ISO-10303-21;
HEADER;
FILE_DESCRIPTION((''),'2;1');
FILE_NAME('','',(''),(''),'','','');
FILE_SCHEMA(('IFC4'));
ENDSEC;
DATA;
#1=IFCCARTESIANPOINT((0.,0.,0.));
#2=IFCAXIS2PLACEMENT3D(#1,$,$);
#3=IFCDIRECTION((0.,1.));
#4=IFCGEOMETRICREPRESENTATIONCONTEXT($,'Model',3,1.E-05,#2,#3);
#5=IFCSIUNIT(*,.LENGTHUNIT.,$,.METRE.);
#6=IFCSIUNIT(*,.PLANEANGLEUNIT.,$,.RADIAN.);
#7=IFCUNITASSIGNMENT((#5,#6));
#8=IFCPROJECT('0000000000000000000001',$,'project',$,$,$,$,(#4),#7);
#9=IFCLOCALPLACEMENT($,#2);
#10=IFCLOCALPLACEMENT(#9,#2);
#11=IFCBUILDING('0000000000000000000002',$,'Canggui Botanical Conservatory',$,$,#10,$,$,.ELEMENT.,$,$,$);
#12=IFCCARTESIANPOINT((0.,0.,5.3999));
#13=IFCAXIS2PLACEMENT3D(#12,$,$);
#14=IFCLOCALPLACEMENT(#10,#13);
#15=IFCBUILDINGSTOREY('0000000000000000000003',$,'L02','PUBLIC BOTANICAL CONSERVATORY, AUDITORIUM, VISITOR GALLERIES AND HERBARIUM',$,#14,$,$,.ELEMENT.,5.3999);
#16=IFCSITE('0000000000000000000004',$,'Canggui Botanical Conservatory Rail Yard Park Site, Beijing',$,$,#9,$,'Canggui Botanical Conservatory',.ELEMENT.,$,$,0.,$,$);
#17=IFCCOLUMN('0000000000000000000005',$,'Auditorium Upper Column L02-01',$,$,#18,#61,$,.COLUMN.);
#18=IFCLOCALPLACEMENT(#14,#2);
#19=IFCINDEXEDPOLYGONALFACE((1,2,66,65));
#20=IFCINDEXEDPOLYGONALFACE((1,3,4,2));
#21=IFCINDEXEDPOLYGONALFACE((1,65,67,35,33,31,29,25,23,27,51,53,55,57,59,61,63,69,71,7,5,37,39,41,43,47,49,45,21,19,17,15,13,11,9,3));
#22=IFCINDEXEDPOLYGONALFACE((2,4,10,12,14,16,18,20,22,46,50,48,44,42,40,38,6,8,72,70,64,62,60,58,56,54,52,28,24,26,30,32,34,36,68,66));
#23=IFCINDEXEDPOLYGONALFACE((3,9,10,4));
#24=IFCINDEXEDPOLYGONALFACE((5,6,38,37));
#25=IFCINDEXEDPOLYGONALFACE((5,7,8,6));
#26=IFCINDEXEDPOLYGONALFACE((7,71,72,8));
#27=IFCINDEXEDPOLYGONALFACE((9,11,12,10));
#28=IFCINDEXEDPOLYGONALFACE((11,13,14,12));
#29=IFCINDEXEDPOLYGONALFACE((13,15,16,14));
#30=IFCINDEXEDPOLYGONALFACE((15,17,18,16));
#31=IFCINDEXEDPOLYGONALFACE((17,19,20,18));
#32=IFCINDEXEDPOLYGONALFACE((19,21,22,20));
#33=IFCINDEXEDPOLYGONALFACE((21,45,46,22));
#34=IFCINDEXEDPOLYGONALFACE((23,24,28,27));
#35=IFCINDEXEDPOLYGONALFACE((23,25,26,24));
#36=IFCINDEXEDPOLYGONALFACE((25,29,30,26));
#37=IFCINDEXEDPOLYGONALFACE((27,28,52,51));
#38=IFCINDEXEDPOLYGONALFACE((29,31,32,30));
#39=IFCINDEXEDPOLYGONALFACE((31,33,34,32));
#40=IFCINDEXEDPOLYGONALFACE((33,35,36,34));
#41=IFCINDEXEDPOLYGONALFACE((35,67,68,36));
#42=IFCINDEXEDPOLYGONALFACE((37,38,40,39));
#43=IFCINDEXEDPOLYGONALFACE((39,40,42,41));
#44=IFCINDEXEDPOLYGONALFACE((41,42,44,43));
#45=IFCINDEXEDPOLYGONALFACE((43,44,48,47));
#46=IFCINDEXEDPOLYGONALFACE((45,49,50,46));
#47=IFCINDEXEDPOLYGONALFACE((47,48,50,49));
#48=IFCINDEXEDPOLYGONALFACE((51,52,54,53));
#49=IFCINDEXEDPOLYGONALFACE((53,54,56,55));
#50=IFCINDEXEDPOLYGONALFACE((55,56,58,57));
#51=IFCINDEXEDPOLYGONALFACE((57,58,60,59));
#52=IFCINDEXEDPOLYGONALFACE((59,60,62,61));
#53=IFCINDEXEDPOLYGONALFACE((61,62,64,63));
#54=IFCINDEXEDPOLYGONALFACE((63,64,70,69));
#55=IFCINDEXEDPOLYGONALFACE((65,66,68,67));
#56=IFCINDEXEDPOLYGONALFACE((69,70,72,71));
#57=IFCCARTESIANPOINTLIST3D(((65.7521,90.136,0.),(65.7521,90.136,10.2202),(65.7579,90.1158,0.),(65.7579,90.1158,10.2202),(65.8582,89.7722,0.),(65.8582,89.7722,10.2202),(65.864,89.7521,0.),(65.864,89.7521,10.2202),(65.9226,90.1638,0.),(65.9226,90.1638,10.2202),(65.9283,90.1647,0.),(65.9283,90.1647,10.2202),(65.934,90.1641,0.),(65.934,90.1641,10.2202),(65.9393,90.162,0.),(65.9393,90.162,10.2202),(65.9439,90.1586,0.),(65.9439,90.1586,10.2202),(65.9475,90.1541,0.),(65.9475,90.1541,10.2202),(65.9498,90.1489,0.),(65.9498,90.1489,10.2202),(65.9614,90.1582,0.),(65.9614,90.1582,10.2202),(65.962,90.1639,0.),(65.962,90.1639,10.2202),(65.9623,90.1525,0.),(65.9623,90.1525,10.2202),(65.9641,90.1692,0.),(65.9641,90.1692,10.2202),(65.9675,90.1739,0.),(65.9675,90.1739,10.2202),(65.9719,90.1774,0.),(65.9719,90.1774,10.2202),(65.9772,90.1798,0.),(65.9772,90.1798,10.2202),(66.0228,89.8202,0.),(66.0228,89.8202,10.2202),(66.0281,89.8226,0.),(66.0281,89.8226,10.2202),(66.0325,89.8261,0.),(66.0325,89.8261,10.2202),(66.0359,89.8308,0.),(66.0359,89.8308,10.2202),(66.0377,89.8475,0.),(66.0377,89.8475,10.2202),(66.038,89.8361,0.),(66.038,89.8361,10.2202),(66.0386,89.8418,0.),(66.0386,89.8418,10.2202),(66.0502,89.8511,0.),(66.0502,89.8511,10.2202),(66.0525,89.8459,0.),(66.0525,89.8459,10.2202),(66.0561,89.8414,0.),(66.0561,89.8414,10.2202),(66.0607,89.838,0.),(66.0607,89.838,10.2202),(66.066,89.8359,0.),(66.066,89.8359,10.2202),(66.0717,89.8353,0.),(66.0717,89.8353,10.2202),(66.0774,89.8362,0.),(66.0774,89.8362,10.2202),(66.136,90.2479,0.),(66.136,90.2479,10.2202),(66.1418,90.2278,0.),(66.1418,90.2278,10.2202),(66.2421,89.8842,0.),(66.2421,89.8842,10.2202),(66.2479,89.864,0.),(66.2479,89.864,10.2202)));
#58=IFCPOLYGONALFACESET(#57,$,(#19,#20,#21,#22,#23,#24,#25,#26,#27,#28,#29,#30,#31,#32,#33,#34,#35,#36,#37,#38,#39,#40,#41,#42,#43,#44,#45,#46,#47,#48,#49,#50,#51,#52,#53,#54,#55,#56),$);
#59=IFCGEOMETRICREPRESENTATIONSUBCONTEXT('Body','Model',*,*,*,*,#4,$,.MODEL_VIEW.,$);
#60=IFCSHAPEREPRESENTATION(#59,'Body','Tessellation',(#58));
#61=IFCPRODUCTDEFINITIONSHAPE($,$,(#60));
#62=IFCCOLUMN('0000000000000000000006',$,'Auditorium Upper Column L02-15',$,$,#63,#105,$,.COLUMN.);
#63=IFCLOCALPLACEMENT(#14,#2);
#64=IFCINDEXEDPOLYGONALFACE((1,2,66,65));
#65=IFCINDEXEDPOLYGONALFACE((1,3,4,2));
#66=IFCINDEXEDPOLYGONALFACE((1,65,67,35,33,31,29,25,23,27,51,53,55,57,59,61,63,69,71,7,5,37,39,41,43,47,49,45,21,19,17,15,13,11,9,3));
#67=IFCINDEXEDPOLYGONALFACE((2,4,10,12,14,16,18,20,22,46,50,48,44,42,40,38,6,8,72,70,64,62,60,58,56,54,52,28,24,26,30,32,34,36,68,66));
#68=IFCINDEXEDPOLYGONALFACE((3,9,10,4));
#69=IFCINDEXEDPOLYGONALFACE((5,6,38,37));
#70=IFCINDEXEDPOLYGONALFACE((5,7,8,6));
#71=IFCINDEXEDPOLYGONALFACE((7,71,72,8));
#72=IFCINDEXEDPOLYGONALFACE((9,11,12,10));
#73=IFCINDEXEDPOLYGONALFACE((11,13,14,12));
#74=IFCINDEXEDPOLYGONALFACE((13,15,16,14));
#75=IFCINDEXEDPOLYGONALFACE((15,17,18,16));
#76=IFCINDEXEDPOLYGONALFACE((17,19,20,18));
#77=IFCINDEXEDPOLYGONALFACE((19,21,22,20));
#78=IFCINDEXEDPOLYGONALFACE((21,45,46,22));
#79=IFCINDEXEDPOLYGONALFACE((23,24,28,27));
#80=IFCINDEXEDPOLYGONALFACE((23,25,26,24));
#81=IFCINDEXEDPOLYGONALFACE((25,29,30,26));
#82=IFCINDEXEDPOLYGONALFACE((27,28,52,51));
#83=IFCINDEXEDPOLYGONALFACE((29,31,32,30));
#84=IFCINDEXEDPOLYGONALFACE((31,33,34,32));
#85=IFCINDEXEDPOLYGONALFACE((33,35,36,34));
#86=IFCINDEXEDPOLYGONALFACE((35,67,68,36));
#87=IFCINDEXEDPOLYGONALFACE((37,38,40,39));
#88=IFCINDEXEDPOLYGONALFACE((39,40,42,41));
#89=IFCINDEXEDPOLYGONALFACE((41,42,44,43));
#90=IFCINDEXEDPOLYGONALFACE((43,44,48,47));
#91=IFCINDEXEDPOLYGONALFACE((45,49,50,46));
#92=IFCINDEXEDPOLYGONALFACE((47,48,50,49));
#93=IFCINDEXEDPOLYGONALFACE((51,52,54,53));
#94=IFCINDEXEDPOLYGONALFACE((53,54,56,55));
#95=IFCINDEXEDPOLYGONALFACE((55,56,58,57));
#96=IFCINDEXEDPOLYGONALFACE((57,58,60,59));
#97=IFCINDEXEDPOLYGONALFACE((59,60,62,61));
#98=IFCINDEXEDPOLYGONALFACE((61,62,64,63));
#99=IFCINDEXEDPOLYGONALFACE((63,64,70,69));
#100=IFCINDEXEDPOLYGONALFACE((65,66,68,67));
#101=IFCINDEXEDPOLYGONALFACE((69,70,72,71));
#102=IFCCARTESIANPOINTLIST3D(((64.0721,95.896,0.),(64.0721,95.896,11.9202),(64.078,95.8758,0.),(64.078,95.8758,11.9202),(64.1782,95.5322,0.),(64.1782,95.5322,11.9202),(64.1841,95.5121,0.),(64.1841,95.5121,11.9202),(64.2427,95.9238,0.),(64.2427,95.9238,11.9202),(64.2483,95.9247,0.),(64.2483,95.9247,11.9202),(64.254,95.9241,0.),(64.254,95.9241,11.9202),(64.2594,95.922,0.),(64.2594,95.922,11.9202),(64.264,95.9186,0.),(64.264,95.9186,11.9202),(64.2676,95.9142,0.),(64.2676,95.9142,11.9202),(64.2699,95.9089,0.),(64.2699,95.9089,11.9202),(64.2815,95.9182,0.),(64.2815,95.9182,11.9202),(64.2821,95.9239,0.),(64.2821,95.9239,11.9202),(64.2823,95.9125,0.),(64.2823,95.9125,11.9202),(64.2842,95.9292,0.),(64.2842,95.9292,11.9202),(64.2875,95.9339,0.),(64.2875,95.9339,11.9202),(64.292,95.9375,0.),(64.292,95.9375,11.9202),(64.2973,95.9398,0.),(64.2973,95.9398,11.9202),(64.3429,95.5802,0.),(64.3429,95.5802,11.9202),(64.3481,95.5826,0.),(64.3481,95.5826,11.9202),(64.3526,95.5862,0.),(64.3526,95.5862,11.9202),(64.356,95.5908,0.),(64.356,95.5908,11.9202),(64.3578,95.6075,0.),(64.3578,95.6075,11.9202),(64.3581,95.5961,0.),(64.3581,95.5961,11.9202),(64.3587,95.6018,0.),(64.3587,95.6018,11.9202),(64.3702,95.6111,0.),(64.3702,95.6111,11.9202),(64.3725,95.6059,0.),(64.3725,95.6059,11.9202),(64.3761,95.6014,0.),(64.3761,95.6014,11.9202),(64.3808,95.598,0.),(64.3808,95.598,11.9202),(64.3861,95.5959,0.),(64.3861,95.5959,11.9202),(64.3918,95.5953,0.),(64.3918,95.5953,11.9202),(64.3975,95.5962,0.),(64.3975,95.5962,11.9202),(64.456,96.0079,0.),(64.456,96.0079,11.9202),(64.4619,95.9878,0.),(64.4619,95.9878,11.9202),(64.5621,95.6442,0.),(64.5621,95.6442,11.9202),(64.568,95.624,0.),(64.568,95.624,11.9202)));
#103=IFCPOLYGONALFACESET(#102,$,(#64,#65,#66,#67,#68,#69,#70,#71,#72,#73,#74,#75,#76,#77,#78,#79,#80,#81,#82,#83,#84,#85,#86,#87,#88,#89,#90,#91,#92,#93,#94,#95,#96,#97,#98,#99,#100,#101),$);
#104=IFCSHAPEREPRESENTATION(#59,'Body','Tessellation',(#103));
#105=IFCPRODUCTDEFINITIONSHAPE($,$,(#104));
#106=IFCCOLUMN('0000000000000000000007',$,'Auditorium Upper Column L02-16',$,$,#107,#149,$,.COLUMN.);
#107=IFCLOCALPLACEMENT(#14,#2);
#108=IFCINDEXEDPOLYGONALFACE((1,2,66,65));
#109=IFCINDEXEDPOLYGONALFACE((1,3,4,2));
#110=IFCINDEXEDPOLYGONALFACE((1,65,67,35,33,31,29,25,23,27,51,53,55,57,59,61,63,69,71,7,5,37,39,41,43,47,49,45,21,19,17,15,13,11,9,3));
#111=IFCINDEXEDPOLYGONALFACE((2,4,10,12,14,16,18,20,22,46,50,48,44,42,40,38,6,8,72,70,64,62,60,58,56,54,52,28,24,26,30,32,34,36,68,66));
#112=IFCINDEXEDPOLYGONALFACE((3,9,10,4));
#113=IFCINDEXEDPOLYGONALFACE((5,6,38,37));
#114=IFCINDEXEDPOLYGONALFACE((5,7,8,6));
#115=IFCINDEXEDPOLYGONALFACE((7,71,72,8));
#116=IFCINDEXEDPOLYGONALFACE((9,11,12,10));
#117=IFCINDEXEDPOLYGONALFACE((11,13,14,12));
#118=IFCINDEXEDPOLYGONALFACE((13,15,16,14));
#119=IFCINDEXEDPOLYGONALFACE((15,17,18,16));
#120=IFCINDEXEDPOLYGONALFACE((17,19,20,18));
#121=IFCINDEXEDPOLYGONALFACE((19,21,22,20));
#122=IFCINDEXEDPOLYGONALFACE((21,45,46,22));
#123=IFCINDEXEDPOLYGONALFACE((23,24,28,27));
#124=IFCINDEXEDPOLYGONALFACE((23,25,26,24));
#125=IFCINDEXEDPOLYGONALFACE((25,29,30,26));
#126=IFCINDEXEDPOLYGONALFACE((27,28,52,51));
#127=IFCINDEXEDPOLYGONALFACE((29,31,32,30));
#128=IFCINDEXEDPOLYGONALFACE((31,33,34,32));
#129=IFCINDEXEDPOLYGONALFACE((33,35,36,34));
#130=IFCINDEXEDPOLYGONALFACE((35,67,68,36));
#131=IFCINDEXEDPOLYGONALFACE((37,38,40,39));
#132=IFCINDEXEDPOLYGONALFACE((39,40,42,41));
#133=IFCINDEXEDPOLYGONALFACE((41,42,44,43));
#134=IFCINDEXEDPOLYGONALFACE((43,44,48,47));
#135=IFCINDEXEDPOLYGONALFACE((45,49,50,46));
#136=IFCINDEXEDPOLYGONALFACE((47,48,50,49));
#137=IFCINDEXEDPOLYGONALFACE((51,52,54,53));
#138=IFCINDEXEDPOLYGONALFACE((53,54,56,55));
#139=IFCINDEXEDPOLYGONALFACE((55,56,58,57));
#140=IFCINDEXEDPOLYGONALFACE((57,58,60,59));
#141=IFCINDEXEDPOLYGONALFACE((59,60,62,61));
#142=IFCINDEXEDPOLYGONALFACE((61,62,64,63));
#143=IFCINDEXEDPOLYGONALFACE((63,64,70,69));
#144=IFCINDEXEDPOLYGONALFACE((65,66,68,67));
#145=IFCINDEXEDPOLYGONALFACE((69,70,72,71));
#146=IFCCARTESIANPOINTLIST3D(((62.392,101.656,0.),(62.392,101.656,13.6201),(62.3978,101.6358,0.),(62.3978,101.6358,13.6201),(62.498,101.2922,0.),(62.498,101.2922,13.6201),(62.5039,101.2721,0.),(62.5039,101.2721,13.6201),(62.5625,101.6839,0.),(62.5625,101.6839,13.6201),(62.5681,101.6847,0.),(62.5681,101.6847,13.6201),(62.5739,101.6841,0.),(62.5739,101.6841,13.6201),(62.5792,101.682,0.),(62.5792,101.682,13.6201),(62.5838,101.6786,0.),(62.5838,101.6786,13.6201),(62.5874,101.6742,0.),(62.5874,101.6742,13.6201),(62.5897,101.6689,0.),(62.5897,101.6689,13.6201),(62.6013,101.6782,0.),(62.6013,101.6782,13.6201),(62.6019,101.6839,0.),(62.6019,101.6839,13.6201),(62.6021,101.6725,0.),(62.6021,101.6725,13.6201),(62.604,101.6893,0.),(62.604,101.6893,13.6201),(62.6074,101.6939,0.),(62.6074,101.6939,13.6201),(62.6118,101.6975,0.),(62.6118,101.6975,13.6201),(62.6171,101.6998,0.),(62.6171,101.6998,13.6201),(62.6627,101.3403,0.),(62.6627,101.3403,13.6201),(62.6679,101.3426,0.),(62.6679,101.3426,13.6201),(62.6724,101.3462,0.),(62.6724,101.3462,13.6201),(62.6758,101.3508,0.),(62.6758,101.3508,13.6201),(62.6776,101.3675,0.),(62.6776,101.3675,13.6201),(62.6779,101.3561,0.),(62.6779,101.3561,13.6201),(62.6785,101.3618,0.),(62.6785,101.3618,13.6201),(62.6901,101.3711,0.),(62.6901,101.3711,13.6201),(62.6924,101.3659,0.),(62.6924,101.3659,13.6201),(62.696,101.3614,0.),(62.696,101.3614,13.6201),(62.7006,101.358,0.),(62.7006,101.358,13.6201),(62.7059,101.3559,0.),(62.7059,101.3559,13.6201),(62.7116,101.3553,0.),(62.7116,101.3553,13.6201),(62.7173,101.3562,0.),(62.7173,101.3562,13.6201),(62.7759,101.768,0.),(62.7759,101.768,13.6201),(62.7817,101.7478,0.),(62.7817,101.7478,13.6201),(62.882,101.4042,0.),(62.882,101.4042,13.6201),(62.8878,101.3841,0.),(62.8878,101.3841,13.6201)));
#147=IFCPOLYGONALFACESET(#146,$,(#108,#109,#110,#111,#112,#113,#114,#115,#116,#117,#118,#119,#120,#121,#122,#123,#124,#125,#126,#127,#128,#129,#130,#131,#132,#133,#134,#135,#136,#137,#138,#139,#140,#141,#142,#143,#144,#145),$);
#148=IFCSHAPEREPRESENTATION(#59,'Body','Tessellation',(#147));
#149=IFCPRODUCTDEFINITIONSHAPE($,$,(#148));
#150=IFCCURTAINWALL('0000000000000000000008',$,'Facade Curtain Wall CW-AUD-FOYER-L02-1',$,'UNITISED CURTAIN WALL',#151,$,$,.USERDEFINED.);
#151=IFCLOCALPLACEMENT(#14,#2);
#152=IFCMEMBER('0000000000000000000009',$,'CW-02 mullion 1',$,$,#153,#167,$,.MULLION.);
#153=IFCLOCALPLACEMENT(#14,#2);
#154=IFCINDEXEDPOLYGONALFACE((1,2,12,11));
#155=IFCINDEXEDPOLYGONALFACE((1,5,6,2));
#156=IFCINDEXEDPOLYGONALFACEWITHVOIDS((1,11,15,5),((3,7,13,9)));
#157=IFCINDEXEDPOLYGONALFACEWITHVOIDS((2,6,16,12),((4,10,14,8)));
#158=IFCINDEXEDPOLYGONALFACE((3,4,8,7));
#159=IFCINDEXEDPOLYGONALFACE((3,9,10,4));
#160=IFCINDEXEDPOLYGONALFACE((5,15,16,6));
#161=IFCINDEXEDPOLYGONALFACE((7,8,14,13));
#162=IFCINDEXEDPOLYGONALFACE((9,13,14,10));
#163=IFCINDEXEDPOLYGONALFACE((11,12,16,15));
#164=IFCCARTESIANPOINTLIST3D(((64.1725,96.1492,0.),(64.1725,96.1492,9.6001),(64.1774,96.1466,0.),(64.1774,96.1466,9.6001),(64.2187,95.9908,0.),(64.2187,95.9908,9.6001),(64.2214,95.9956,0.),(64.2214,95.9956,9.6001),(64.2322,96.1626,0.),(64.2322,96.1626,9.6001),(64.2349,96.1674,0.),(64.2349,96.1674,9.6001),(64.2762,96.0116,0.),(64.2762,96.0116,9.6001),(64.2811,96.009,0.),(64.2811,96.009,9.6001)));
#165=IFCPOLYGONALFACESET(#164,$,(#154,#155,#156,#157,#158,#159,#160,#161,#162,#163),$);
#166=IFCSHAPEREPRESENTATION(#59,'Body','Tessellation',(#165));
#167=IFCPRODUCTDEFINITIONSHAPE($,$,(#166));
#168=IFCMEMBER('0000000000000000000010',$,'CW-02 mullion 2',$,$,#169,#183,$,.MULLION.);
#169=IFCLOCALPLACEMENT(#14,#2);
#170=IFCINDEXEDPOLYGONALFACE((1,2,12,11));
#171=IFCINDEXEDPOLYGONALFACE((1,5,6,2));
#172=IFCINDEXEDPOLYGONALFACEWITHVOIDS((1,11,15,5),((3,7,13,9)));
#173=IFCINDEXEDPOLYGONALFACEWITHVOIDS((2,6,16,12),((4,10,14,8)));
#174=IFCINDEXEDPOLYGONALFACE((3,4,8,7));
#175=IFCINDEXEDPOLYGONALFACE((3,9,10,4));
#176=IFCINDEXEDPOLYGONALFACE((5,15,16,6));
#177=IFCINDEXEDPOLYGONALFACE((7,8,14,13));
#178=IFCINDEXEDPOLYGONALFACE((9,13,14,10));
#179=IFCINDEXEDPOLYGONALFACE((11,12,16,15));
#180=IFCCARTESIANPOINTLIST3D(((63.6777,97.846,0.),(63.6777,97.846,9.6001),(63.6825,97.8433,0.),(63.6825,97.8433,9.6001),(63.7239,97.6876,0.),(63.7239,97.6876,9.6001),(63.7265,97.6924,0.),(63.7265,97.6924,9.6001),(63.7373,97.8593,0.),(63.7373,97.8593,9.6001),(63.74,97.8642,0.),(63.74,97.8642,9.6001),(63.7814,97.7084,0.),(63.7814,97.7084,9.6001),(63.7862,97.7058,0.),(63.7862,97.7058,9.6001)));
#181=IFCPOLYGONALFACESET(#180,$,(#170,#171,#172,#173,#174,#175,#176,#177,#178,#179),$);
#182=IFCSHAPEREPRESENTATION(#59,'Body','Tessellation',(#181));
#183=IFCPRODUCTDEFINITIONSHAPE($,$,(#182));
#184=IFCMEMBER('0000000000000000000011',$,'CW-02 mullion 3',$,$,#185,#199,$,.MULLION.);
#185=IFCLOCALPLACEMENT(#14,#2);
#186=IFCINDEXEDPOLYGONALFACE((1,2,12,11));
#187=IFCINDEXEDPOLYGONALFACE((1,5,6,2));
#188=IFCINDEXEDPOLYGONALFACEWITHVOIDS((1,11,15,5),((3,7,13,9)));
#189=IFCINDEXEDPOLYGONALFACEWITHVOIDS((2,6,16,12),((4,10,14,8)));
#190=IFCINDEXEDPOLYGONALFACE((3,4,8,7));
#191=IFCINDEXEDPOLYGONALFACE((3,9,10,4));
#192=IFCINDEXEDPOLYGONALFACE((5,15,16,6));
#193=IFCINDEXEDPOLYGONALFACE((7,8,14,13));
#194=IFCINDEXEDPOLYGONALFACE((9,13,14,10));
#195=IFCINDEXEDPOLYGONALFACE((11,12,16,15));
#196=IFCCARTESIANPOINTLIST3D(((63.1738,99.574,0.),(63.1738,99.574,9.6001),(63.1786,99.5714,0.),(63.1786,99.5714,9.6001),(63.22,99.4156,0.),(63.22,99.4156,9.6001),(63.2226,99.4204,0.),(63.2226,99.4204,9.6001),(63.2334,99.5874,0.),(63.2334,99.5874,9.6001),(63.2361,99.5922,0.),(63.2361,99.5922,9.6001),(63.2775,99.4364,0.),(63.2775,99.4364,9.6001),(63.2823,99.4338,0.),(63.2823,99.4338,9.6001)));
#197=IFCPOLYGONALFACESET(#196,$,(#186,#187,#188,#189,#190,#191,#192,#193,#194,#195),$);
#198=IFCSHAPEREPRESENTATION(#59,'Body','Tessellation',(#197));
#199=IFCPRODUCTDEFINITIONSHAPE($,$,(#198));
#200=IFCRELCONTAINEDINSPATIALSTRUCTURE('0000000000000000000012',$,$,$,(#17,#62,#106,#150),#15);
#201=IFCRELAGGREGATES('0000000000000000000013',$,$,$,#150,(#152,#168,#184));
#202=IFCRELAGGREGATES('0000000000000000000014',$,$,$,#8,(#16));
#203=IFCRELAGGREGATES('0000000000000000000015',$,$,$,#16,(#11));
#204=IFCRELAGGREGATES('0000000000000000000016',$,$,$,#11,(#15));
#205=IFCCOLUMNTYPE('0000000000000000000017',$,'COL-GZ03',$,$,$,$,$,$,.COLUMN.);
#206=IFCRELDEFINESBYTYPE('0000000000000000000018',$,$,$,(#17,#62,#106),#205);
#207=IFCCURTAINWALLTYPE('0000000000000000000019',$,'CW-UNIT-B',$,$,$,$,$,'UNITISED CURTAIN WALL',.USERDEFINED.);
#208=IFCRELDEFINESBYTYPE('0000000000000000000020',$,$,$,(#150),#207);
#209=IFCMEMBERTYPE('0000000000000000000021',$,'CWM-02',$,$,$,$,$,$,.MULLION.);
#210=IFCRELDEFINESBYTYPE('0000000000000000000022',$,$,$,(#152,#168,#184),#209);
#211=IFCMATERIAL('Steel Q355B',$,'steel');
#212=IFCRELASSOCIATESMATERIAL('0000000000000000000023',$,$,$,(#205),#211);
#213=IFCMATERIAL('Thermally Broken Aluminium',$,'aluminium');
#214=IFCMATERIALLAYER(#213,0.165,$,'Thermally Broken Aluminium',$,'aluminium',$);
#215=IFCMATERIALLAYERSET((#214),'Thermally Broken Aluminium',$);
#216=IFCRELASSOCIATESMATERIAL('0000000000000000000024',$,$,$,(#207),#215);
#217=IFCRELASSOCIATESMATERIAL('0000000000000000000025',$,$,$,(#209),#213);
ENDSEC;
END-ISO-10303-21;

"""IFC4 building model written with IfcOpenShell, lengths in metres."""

from ifc_helpers import new_model, si_unit, direction, frame, origin, origin_2d, place, context, subcontext, project, spatial, hollow_rectangle, i_section, extrude, material, layer, layer_set, material_profile, profile_set, type_object, element, aggregate, save


model = new_model("IFC4")

# Units and contexts
model_context = context("Model", 3, precision=1e-05, world=origin(), true_north=direction((0.0, 1.0)))
body_context = subcontext(model_context, "Body", "Model", "MODEL_VIEW")
ifc_project = project(units=[si_unit("LENGTHUNIT", "METRE"), si_unit("PLANEANGLEUNIT", "RADIAN")], contexts=[model_context])

# Site, building, storey
site_placement = place(None, origin())
site = spatial("IfcSite", under=ifc_project, at=site_placement, Name="Canggui Botanical Conservatory Rail Yard Park Site, Beijing", LongName="Canggui Botanical Conservatory", CompositionType="ELEMENT", RefElevation=0.0)
building_placement = place(site_placement, origin())
building = spatial("IfcBuilding", under=site, at=building_placement, Name="Canggui Botanical Conservatory", CompositionType="ELEMENT")
storey_placement = place(building_placement, frame((0.0, 0.0, 5.3999)))
storey = spatial("IfcBuildingStorey", under=building, at=storey_placement, Name="L02", Description="PUBLIC BOTANICAL CONSERVATORY, AUDITORIUM, VISITOR GALLERIES AND HERBARIUM", CompositionType="ELEMENT", Elevation=5.3999)

# Columns
ifc_material_1 = material(Name="Steel Q355B", Category="steel")
ifc_material_profile_1 = material_profile(ifc_material_1, i_section(OverallWidth=0.3999, OverallDepth=0.3999, WebThickness=0.0129, FlangeThickness=0.021, FilletRadius=0.022, at=origin_2d()), Name="HW 400x400x13x21")
ifc_profile_set_1 = profile_set([ifc_material_profile_1], Name="Steel Q355B")
column_type = type_object("IfcColumnType", Name="COL-GZ03", PredefinedType="COLUMN", material=ifc_profile_set_1)
column_1_placement = place(storey_placement, frame((66.0, 90.0, 0.0), z_axis=(0.0, 0.0, 1.0), x_axis=(0.96, 0.28, 0.0)))
element("IfcColumn", 1, at=column_1_placement, inside=storey, type_object=column_type, Name="Auditorium Upper Column L02-01", PredefinedType="COLUMN", context=body_context, shape_type="SweptSolid", body=[
    extrude(i_section(OverallWidth=0.3999, OverallDepth=0.3999, WebThickness=0.0129, FlangeThickness=0.021, FilletRadius=0.022, at=origin_2d()), origin(), (0.0, 0.0, 1.0), 10.2202),
])
column_2_placement = place(storey_placement, frame((64.3201, 95.76, 0.0), z_axis=(0.0, 0.0, 1.0), x_axis=(0.96, 0.28, 0.0)))
element("IfcColumn", 2, at=column_2_placement, inside=storey, type_object=column_type, Name="Auditorium Upper Column L02-15", PredefinedType="COLUMN", context=body_context, shape_type="SweptSolid", body=[
    extrude(i_section(OverallWidth=0.3999, OverallDepth=0.3999, WebThickness=0.0129, FlangeThickness=0.021, FilletRadius=0.022, at=origin_2d()), origin(), (0.0, 0.0, 1.0), 11.9202),
])
column_3_placement = place(storey_placement, frame((62.6399, 101.52, 0.0), z_axis=(0.0, 0.0, 1.0), x_axis=(0.96, 0.28, 0.0)))
element("IfcColumn", 3, at=column_3_placement, inside=storey, type_object=column_type, Name="Auditorium Upper Column L02-16", PredefinedType="COLUMN", context=body_context, shape_type="SweptSolid", body=[
    extrude(i_section(OverallWidth=0.3999, OverallDepth=0.3999, WebThickness=0.0129, FlangeThickness=0.021, FilletRadius=0.022, at=origin_2d()), origin(), (0.0, 0.0, 1.0), 13.6201),
])

# Curtain wall, members
ifc_material_2 = material(Name="Thermally Broken Aluminium", Category="aluminium")
ifc_layer_1 = layer(ifc_material_2, 0.165, Name="Thermally Broken Aluminium", Category="aluminium")
ifc_layer_set_1 = layer_set([ifc_layer_1], Name="Thermally Broken Aluminium")
curtain_wall_type_1 = type_object("IfcCurtainWallType", Name="CW-UNIT-B", ElementType="UNITISED CURTAIN WALL", PredefinedType="USERDEFINED", material=ifc_layer_set_1)
curtain_wall_1_placement = place(storey_placement, origin())
curtain_wall_1 = element("IfcCurtainWall", 4, at=curtain_wall_1_placement, inside=storey, type_object=curtain_wall_type_1, Name="Facade Curtain Wall CW-AUD-FOYER-L02-1", ObjectType="UNITISED CURTAIN WALL", PredefinedType="USERDEFINED")
ifc_material_profile_2 = material_profile(ifc_material_2, hollow_rectangle(XDim=0.0649, YDim=0.165, WallThickness=0.0039, at=origin_2d()), Name="CWM 65x165x4")
ifc_profile_set_2 = profile_set([ifc_material_profile_2], Name="Thermally Broken Aluminium")
member_type_1 = type_object("IfcMemberType", Name="CWM-02", PredefinedType="MULLION", material=ifc_profile_set_2)
member_1_placement = place(storey_placement, frame((64.2268, 96.0791, 0.0), z_axis=(0.0, 0.0, 1.0), x_axis=(-0.96, -0.28, 0.0)))
member_1 = element("IfcMember", 5, at=member_1_placement, type_object=member_type_1, Name="CW-02 mullion 1", PredefinedType="MULLION", context=body_context, shape_type="SweptSolid", body=[
    extrude(hollow_rectangle(XDim=0.0649, YDim=0.165, WallThickness=0.0039, at=origin_2d()), origin(), (0.0, 0.0, 1.0), 9.6001),
])
member_2_placement = place(storey_placement, frame((63.7319, 97.7759, 0.0), z_axis=(0.0, 0.0, 1.0), x_axis=(-0.96, -0.28, 0.0)))
member_2 = element("IfcMember", 6, at=member_2_placement, type_object=member_type_1, Name="CW-02 mullion 2", PredefinedType="MULLION", context=body_context, shape_type="SweptSolid", body=[
    extrude(hollow_rectangle(XDim=0.0649, YDim=0.165, WallThickness=0.0039, at=origin_2d()), origin(), (0.0, 0.0, 1.0), 9.6001),
])
member_3_placement = place(storey_placement, frame((63.228, 99.5039, 0.0), z_axis=(0.0, 0.0, 1.0), x_axis=(-0.96, -0.28, 0.0)))
member_3 = element("IfcMember", 7, at=member_3_placement, type_object=member_type_1, Name="CW-02 mullion 3", PredefinedType="MULLION", context=body_context, shape_type="SweptSolid", body=[
    extrude(hollow_rectangle(XDim=0.0649, YDim=0.165, WallThickness=0.0039, at=origin_2d()), origin(), (0.0, 0.0, 1.0), 9.6001),
])

aggregate(curtain_wall_1, [member_1, member_2, member_3])

save(model, "model.ifc")
